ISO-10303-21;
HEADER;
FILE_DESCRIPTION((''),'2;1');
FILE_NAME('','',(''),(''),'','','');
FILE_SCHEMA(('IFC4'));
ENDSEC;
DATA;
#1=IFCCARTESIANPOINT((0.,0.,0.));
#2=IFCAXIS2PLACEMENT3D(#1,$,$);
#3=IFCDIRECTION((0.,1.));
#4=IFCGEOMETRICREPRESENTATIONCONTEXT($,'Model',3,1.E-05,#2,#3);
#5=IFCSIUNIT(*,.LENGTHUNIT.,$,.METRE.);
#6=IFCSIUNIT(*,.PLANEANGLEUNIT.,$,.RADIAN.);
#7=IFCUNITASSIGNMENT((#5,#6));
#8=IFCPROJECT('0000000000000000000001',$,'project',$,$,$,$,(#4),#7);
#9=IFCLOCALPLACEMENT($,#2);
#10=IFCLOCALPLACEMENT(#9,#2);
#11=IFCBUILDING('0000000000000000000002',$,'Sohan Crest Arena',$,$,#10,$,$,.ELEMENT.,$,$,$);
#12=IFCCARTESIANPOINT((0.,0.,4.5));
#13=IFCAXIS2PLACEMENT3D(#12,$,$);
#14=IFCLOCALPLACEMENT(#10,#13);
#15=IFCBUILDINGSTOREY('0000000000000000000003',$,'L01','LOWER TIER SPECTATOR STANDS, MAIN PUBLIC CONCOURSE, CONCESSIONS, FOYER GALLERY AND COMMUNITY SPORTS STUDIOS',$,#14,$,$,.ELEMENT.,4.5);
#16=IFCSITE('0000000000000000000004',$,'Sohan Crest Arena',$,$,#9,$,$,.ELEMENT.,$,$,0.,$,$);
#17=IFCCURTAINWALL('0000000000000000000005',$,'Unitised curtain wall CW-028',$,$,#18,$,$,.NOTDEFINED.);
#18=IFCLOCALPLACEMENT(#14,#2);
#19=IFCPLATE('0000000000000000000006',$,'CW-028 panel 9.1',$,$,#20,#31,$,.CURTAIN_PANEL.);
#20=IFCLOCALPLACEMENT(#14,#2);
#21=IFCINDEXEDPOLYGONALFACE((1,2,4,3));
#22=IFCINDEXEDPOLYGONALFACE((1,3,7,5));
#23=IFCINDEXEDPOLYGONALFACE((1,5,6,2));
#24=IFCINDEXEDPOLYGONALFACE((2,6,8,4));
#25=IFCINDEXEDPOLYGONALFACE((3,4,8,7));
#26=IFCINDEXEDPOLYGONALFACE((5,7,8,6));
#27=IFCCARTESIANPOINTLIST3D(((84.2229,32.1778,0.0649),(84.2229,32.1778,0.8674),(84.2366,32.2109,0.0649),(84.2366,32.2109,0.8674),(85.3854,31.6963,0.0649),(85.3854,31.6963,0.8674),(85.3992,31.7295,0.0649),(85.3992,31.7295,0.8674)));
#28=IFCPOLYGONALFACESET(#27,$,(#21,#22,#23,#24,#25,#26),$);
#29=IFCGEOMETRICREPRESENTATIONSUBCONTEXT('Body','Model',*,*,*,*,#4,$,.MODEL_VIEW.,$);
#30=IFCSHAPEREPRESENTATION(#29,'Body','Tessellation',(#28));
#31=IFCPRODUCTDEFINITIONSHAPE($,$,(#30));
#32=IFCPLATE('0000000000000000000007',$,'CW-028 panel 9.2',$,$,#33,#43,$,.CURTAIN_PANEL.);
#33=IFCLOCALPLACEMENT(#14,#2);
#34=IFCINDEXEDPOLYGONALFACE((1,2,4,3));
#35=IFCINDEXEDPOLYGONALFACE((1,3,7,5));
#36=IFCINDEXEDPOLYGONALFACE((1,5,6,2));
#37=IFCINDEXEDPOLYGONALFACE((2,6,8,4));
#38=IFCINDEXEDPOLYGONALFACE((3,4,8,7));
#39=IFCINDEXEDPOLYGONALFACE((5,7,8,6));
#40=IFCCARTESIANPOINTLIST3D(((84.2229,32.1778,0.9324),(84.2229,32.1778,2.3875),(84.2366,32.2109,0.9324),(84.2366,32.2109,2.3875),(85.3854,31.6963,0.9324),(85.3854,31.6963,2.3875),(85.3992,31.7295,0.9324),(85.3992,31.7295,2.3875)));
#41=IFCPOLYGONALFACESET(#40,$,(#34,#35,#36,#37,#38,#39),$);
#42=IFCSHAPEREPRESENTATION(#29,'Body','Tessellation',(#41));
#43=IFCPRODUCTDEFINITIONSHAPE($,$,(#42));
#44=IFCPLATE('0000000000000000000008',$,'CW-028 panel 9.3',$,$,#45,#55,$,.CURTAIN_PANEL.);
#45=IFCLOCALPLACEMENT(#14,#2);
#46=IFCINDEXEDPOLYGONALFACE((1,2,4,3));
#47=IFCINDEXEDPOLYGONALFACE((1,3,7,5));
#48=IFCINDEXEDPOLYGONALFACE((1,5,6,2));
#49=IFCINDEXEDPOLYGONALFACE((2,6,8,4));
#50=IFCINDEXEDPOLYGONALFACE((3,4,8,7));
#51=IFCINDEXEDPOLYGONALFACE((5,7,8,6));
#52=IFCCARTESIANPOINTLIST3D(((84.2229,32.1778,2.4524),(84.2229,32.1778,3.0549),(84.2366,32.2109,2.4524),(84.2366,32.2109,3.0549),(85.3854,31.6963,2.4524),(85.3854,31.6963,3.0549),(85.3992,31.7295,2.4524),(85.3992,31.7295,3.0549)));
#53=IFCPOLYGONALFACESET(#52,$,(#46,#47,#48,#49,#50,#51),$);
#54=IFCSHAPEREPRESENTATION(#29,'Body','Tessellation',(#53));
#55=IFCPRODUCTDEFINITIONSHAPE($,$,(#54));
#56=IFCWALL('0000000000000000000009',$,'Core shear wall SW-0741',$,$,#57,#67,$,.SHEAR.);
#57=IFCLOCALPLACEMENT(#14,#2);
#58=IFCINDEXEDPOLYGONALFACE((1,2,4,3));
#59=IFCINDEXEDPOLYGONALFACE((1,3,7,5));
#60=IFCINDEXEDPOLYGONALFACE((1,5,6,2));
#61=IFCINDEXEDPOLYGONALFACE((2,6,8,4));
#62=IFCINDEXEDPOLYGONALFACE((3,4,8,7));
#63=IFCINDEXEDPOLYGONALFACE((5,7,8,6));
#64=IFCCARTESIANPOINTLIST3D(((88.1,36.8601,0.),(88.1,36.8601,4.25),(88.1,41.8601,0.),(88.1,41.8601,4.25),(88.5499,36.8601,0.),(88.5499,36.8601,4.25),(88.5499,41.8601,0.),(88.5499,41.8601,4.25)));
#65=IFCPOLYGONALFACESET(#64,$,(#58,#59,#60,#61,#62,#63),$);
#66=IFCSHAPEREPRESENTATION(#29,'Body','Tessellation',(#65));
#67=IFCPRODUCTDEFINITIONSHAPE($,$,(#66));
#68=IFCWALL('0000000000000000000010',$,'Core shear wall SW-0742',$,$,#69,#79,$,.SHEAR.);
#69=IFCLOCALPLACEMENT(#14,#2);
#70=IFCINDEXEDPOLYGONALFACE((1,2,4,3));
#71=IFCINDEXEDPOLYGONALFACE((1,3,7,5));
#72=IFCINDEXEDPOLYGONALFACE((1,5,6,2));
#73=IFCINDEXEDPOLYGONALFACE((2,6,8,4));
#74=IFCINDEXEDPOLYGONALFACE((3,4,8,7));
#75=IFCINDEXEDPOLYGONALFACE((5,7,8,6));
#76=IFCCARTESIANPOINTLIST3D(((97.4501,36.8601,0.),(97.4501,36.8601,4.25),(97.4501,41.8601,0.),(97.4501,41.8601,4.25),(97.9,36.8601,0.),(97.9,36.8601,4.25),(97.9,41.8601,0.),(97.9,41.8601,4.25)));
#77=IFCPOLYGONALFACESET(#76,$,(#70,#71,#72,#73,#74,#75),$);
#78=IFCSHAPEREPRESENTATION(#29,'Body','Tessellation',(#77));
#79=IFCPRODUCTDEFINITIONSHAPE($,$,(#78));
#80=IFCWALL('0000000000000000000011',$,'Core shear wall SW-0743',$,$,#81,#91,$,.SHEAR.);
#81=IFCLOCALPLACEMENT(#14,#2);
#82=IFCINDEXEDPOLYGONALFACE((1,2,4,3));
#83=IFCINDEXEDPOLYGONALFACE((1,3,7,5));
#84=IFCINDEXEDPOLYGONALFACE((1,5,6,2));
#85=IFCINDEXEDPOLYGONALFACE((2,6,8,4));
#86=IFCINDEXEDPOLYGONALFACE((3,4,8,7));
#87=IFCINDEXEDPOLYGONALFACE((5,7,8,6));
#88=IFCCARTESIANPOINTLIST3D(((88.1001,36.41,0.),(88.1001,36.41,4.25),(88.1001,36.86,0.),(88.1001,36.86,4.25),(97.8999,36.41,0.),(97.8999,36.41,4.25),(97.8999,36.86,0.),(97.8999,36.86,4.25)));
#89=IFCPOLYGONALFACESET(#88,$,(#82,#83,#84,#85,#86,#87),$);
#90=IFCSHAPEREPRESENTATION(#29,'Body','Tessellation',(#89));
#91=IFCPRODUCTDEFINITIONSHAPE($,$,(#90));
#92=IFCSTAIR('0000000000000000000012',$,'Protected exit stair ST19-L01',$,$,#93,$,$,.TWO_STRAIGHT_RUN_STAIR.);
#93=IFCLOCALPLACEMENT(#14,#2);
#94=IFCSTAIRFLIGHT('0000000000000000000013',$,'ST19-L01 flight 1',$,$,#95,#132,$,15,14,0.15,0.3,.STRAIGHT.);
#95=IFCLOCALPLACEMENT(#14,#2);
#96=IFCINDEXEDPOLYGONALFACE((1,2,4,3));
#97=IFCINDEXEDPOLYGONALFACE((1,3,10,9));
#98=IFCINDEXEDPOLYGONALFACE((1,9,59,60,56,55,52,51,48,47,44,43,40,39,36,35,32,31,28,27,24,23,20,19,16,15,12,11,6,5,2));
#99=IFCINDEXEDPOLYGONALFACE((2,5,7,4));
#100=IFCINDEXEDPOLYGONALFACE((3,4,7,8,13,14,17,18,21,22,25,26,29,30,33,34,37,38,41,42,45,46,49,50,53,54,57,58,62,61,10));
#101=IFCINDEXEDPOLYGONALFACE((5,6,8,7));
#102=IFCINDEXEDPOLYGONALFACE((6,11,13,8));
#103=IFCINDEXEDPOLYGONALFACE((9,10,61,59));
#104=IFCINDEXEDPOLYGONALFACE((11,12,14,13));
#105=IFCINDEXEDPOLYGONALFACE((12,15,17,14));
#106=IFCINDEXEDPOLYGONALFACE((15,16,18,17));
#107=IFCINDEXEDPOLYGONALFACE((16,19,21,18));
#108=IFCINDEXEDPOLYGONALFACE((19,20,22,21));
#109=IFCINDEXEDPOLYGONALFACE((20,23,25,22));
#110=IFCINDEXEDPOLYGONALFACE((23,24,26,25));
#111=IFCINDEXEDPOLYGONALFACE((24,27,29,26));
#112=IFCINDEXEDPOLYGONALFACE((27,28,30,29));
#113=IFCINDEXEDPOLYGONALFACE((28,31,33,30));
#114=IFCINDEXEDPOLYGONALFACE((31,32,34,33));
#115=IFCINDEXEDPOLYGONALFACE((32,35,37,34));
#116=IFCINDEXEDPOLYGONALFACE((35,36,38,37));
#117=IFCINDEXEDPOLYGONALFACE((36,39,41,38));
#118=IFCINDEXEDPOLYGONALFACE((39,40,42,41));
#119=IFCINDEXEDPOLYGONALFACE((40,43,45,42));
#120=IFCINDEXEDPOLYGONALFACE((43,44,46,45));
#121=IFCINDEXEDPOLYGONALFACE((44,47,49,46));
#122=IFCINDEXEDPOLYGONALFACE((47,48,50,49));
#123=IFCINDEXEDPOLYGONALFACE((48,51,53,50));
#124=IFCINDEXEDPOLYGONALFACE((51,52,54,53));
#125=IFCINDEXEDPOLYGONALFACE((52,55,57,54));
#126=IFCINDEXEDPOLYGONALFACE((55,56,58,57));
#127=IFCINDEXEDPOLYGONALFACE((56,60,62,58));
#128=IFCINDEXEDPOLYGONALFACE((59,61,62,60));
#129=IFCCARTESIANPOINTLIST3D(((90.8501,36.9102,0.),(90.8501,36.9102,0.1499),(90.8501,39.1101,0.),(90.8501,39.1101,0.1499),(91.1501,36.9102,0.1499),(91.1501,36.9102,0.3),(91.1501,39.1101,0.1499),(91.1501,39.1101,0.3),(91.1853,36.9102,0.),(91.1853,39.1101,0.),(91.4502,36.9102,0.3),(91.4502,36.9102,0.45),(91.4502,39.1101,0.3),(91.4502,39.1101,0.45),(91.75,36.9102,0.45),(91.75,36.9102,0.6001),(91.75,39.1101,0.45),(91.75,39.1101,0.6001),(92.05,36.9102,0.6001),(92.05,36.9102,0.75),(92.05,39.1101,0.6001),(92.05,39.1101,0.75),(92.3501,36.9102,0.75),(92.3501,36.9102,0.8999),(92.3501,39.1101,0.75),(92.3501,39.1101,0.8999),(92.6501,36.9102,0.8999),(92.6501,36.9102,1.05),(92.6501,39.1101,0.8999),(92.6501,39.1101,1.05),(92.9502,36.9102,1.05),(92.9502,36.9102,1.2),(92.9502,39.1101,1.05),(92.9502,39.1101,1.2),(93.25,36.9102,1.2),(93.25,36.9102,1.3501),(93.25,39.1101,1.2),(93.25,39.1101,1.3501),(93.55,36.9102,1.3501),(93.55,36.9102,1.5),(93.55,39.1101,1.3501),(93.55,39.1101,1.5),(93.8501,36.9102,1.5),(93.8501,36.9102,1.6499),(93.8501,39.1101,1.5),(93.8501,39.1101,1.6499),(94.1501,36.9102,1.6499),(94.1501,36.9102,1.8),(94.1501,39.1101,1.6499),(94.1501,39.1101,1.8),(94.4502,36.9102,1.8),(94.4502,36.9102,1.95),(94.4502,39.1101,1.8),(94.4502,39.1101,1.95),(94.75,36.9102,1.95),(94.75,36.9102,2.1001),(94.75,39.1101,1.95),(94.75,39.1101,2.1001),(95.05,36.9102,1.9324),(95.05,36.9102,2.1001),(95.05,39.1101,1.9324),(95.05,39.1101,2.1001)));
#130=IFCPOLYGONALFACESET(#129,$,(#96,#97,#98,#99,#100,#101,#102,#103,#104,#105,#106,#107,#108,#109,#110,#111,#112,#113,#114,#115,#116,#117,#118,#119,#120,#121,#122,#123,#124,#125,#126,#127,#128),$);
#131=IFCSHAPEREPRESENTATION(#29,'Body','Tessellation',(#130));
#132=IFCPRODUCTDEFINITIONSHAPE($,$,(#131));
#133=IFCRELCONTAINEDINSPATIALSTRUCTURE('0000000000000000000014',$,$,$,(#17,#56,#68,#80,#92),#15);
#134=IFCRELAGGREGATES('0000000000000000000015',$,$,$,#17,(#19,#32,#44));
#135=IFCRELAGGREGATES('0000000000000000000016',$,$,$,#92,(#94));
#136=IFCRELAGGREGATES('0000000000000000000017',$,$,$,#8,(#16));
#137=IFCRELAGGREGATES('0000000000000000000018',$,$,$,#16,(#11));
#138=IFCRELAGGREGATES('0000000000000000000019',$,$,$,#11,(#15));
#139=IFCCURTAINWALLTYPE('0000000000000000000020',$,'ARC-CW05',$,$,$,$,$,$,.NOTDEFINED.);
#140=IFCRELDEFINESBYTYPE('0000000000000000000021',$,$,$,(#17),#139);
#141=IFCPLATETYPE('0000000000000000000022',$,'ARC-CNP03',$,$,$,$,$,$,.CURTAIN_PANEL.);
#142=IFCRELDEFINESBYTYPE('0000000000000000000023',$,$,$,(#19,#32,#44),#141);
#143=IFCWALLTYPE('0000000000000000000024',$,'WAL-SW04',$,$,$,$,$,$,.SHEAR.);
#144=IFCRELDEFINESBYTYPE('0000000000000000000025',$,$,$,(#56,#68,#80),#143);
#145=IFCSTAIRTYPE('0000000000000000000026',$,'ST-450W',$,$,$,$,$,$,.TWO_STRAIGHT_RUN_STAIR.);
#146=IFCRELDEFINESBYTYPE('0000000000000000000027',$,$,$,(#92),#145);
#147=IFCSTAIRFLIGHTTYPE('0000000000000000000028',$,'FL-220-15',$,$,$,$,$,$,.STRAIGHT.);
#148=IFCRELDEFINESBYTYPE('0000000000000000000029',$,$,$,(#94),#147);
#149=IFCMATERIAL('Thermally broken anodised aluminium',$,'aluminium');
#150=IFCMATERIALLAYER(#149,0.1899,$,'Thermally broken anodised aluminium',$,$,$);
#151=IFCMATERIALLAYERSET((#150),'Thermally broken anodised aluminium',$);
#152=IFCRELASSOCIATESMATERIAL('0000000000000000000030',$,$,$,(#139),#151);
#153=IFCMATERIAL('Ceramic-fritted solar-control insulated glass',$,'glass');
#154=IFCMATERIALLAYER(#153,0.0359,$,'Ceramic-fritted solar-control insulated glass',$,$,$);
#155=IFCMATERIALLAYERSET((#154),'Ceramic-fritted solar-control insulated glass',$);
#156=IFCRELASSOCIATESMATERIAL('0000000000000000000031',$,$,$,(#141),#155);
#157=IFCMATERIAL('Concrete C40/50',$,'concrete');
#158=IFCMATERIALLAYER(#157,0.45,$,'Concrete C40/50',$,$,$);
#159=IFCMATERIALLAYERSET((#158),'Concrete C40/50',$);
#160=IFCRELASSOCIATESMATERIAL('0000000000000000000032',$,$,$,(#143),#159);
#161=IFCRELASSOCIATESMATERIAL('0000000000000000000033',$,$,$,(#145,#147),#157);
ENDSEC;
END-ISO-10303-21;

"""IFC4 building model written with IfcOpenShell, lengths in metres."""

from ifc_helpers import new_model, si_unit, direction, frame, frame_2d, origin, origin_2d, place, context, subcontext, project, spatial, polyline, rectangle, outline, extrude, material, layer, layer_set, type_object, element, aggregate, save


model = new_model("IFC4")

# Units and contexts
model_context = context("Model", 3, precision=1e-05, world=origin(), true_north=direction((0.0, 1.0)))
body_context = subcontext(model_context, "Body", "Model", "MODEL_VIEW")
ifc_project = project(units=[si_unit("LENGTHUNIT", "METRE"), si_unit("PLANEANGLEUNIT", "RADIAN")], contexts=[model_context])

# Site, building, storey
site_placement = place(None, origin())
site = spatial("IfcSite", under=ifc_project, at=site_placement, Name="Sohan Crest Arena", CompositionType="ELEMENT", RefElevation=0.0)
building_placement = place(site_placement, origin())
building = spatial("IfcBuilding", under=site, at=building_placement, Name="Sohan Crest Arena", CompositionType="ELEMENT")
storey_placement = place(building_placement, frame((0.0, 0.0, 4.5)))
storey = spatial("IfcBuildingStorey", under=building, at=storey_placement, Name="L01", Description="LOWER TIER SPECTATOR STANDS, MAIN PUBLIC CONCOURSE, CONCESSIONS, FOYER GALLERY AND COMMUNITY SPORTS STUDIOS", CompositionType="ELEMENT", Elevation=4.5)

# Shared definitions
ifc_material_1 = material(Name="Thermally broken anodised aluminium", Category="aluminium")
ifc_layer_1 = layer(ifc_material_1, 0.1899, Name="Thermally broken anodised aluminium")
ifc_layer_set_1 = layer_set([ifc_layer_1], Name="Thermally broken anodised aluminium")
curtain_wall_type = type_object("IfcCurtainWallType", Name="ARC-CW05", PredefinedType="NOTDEFINED", material=ifc_layer_set_1)

# Curtain wall, plates
curtain_wall_1_placement = place(storey_placement, origin())
curtain_wall_1 = element("IfcCurtainWall", 1, at=curtain_wall_1_placement, inside=storey, type_object=curtain_wall_type, Name="Unitised curtain wall CW-028", PredefinedType="NOTDEFINED")
ifc_material_2 = material(Name="Ceramic-fritted solar-control insulated glass", Category="glass")
ifc_layer_2 = layer(ifc_material_2, 0.0359, Name="Ceramic-fritted solar-control insulated glass")
ifc_layer_set_2 = layer_set([ifc_layer_2], Name="Ceramic-fritted solar-control insulated glass")
plate_type_1 = type_object("IfcPlateType", Name="ARC-CNP03", PredefinedType="CURTAIN_PANEL", material=ifc_layer_set_2)
plate_1_placement = place(storey_placement, frame((84.811, 31.9536, 0.0649), z_axis=(0.0, 0.0, 1.0), x_axis=(0.923907, -0.382618, 0.0)))
plate_1 = element("IfcPlate", 2, at=plate_1_placement, type_object=plate_type_1, Name="CW-028 panel 9.1", PredefinedType="CURTAIN_PANEL", context=body_context, shape_type="SweptSolid", body=[
    extrude(rectangle(XDim=1.2583, YDim=0.0359, at=origin_2d()), origin(), (0.0, 0.0, 1.0), 0.8025),
])
plate_2_placement = place(storey_placement, frame((84.811, 31.9536, 0.9324), z_axis=(0.0, 0.0, 1.0), x_axis=(0.923907, -0.382618, 0.0)))
plate_2 = element("IfcPlate", 3, at=plate_2_placement, type_object=plate_type_1, Name="CW-028 panel 9.2", PredefinedType="CURTAIN_PANEL", context=body_context, shape_type="SweptSolid", body=[
    extrude(rectangle(XDim=1.2583, YDim=0.0359, at=origin_2d()), origin(), (0.0, 0.0, 1.0), 1.4551),
])
plate_3_placement = place(storey_placement, frame((84.811, 31.9536, 2.4524), z_axis=(0.0, 0.0, 1.0), x_axis=(0.923907, -0.382618, 0.0)))
plate_3 = element("IfcPlate", 4, at=plate_3_placement, type_object=plate_type_1, Name="CW-028 panel 9.3", PredefinedType="CURTAIN_PANEL", context=body_context, shape_type="SweptSolid", body=[
    extrude(rectangle(XDim=1.2583, YDim=0.0359, at=origin_2d()), origin(), (0.0, 0.0, 1.0), 0.6025),
])
aggregate(curtain_wall_1, [plate_1, plate_2, plate_3])

# Walls
ifc_material_3 = material(Name="Concrete C40/50", Category="concrete")
ifc_layer_3 = layer(ifc_material_3, 0.45, Name="Concrete C40/50")
ifc_layer_set_3 = layer_set([ifc_layer_3], Name="Concrete C40/50")
wall_type = type_object("IfcWallType", Name="WAL-SW04", PredefinedType="SHEAR", material=ifc_layer_set_3)
for number, where, z_axis, x_axis, name in (
    (5, (88.325, 36.8601, 0.0), (0.0, 0.0, 1.0), (0.0, 1.0, 0.0), "Core shear wall SW-0741"),
    (6, (97.675, 36.8601, 0.0), (0.0, 0.0, 1.0), (0.0, 1.0, 0.0), "Core shear wall SW-0742"),
):
    element("IfcWall", number, at=place(storey_placement, frame(where, z_axis=z_axis, x_axis=x_axis)), inside=storey, type_object=wall_type, Name=name, PredefinedType="SHEAR", context=body_context, shape_type="SweptSolid", body=[
        extrude(rectangle(XDim=5.0, YDim=0.45, at=frame_2d((2.5, 0.0))), origin(), (0.0, 0.0, 1.0), 4.25),
    ])
wall_placement = place(storey_placement, frame((88.1001, 36.635, 0.0), z_axis=(0.0, 0.0, 1.0), x_axis=(1.0, 0.0, 0.0)))
element("IfcWall", 7, at=wall_placement, inside=storey, type_object=wall_type, Name="Core shear wall SW-0743", PredefinedType="SHEAR", context=body_context, shape_type="SweptSolid", body=[
    extrude(rectangle(XDim=9.7998, YDim=0.45, at=frame_2d((4.8999, 0.0))), origin(), (0.0, 0.0, 1.0), 4.25),
])

# Stair, stair flight
stair_type = type_object("IfcStairType", Name="ST-450W", PredefinedType="TWO_STRAIGHT_RUN_STAIR", material=ifc_material_3)
stair_placement = place(storey_placement, origin())
stair = element("IfcStair", 8, at=stair_placement, inside=storey, type_object=stair_type, Name="Protected exit stair ST19-L01", PredefinedType="TWO_STRAIGHT_RUN_STAIR")
stair_flight_type = type_object("IfcStairFlightType", Name="FL-220-15", PredefinedType="STRAIGHT", material=ifc_material_3)
stair_flight_placement = place(storey_placement, frame((90.8501, 38.01, 0.0), z_axis=(0.0, 0.0, 1.0), x_axis=(1.0, 0.0, 0.0)))
stair_flight = element("IfcStairFlight", 9, at=stair_flight_placement, type_object=stair_flight_type, Name="ST19-L01 flight 1", NumberOfRisers=15, NumberOfTreads=14, PredefinedType="STRAIGHT", RiserHeight=0.15, TreadLength=0.3, context=body_context, shape_type="SweptSolid", body=[
    extrude(outline(polyline([(0.0, 0.0), (0.0, 0.1499), (0.3, 0.1499), (0.3, 0.3), (0.6001, 0.3), (0.6001, 0.45), (0.8999, 0.45), (0.8999, 0.6001), (1.2, 0.6001), (1.2, 0.75), (1.5, 0.75), (1.5, 0.8999), (1.8, 0.8999), (1.8, 1.05), (2.1001, 1.05), (2.1001, 1.2), (2.3999, 1.2), (2.3999, 1.3501), (2.7, 1.3501), (2.7, 1.5), (3.0, 1.5), (3.0, 1.6499), (3.3, 1.6499), (3.3, 1.8), (3.6001, 1.8), (3.6001, 1.95), (3.8999, 1.95), (3.8999, 2.1001), (4.2, 2.1001), (4.2, 2.25), (4.2, 1.9324), (0.3352, 0.0), (0.0, 0.0)])), frame((0.0, 1.1001, 0.0), z_axis=(0.0, -1.0, 0.0), x_axis=(1.0, 0.0, 0.0)), (0.0, 0.0, 1.0), 2.2),
])
aggregate(stair, [stair_flight])

save(model, "model.ifc")
